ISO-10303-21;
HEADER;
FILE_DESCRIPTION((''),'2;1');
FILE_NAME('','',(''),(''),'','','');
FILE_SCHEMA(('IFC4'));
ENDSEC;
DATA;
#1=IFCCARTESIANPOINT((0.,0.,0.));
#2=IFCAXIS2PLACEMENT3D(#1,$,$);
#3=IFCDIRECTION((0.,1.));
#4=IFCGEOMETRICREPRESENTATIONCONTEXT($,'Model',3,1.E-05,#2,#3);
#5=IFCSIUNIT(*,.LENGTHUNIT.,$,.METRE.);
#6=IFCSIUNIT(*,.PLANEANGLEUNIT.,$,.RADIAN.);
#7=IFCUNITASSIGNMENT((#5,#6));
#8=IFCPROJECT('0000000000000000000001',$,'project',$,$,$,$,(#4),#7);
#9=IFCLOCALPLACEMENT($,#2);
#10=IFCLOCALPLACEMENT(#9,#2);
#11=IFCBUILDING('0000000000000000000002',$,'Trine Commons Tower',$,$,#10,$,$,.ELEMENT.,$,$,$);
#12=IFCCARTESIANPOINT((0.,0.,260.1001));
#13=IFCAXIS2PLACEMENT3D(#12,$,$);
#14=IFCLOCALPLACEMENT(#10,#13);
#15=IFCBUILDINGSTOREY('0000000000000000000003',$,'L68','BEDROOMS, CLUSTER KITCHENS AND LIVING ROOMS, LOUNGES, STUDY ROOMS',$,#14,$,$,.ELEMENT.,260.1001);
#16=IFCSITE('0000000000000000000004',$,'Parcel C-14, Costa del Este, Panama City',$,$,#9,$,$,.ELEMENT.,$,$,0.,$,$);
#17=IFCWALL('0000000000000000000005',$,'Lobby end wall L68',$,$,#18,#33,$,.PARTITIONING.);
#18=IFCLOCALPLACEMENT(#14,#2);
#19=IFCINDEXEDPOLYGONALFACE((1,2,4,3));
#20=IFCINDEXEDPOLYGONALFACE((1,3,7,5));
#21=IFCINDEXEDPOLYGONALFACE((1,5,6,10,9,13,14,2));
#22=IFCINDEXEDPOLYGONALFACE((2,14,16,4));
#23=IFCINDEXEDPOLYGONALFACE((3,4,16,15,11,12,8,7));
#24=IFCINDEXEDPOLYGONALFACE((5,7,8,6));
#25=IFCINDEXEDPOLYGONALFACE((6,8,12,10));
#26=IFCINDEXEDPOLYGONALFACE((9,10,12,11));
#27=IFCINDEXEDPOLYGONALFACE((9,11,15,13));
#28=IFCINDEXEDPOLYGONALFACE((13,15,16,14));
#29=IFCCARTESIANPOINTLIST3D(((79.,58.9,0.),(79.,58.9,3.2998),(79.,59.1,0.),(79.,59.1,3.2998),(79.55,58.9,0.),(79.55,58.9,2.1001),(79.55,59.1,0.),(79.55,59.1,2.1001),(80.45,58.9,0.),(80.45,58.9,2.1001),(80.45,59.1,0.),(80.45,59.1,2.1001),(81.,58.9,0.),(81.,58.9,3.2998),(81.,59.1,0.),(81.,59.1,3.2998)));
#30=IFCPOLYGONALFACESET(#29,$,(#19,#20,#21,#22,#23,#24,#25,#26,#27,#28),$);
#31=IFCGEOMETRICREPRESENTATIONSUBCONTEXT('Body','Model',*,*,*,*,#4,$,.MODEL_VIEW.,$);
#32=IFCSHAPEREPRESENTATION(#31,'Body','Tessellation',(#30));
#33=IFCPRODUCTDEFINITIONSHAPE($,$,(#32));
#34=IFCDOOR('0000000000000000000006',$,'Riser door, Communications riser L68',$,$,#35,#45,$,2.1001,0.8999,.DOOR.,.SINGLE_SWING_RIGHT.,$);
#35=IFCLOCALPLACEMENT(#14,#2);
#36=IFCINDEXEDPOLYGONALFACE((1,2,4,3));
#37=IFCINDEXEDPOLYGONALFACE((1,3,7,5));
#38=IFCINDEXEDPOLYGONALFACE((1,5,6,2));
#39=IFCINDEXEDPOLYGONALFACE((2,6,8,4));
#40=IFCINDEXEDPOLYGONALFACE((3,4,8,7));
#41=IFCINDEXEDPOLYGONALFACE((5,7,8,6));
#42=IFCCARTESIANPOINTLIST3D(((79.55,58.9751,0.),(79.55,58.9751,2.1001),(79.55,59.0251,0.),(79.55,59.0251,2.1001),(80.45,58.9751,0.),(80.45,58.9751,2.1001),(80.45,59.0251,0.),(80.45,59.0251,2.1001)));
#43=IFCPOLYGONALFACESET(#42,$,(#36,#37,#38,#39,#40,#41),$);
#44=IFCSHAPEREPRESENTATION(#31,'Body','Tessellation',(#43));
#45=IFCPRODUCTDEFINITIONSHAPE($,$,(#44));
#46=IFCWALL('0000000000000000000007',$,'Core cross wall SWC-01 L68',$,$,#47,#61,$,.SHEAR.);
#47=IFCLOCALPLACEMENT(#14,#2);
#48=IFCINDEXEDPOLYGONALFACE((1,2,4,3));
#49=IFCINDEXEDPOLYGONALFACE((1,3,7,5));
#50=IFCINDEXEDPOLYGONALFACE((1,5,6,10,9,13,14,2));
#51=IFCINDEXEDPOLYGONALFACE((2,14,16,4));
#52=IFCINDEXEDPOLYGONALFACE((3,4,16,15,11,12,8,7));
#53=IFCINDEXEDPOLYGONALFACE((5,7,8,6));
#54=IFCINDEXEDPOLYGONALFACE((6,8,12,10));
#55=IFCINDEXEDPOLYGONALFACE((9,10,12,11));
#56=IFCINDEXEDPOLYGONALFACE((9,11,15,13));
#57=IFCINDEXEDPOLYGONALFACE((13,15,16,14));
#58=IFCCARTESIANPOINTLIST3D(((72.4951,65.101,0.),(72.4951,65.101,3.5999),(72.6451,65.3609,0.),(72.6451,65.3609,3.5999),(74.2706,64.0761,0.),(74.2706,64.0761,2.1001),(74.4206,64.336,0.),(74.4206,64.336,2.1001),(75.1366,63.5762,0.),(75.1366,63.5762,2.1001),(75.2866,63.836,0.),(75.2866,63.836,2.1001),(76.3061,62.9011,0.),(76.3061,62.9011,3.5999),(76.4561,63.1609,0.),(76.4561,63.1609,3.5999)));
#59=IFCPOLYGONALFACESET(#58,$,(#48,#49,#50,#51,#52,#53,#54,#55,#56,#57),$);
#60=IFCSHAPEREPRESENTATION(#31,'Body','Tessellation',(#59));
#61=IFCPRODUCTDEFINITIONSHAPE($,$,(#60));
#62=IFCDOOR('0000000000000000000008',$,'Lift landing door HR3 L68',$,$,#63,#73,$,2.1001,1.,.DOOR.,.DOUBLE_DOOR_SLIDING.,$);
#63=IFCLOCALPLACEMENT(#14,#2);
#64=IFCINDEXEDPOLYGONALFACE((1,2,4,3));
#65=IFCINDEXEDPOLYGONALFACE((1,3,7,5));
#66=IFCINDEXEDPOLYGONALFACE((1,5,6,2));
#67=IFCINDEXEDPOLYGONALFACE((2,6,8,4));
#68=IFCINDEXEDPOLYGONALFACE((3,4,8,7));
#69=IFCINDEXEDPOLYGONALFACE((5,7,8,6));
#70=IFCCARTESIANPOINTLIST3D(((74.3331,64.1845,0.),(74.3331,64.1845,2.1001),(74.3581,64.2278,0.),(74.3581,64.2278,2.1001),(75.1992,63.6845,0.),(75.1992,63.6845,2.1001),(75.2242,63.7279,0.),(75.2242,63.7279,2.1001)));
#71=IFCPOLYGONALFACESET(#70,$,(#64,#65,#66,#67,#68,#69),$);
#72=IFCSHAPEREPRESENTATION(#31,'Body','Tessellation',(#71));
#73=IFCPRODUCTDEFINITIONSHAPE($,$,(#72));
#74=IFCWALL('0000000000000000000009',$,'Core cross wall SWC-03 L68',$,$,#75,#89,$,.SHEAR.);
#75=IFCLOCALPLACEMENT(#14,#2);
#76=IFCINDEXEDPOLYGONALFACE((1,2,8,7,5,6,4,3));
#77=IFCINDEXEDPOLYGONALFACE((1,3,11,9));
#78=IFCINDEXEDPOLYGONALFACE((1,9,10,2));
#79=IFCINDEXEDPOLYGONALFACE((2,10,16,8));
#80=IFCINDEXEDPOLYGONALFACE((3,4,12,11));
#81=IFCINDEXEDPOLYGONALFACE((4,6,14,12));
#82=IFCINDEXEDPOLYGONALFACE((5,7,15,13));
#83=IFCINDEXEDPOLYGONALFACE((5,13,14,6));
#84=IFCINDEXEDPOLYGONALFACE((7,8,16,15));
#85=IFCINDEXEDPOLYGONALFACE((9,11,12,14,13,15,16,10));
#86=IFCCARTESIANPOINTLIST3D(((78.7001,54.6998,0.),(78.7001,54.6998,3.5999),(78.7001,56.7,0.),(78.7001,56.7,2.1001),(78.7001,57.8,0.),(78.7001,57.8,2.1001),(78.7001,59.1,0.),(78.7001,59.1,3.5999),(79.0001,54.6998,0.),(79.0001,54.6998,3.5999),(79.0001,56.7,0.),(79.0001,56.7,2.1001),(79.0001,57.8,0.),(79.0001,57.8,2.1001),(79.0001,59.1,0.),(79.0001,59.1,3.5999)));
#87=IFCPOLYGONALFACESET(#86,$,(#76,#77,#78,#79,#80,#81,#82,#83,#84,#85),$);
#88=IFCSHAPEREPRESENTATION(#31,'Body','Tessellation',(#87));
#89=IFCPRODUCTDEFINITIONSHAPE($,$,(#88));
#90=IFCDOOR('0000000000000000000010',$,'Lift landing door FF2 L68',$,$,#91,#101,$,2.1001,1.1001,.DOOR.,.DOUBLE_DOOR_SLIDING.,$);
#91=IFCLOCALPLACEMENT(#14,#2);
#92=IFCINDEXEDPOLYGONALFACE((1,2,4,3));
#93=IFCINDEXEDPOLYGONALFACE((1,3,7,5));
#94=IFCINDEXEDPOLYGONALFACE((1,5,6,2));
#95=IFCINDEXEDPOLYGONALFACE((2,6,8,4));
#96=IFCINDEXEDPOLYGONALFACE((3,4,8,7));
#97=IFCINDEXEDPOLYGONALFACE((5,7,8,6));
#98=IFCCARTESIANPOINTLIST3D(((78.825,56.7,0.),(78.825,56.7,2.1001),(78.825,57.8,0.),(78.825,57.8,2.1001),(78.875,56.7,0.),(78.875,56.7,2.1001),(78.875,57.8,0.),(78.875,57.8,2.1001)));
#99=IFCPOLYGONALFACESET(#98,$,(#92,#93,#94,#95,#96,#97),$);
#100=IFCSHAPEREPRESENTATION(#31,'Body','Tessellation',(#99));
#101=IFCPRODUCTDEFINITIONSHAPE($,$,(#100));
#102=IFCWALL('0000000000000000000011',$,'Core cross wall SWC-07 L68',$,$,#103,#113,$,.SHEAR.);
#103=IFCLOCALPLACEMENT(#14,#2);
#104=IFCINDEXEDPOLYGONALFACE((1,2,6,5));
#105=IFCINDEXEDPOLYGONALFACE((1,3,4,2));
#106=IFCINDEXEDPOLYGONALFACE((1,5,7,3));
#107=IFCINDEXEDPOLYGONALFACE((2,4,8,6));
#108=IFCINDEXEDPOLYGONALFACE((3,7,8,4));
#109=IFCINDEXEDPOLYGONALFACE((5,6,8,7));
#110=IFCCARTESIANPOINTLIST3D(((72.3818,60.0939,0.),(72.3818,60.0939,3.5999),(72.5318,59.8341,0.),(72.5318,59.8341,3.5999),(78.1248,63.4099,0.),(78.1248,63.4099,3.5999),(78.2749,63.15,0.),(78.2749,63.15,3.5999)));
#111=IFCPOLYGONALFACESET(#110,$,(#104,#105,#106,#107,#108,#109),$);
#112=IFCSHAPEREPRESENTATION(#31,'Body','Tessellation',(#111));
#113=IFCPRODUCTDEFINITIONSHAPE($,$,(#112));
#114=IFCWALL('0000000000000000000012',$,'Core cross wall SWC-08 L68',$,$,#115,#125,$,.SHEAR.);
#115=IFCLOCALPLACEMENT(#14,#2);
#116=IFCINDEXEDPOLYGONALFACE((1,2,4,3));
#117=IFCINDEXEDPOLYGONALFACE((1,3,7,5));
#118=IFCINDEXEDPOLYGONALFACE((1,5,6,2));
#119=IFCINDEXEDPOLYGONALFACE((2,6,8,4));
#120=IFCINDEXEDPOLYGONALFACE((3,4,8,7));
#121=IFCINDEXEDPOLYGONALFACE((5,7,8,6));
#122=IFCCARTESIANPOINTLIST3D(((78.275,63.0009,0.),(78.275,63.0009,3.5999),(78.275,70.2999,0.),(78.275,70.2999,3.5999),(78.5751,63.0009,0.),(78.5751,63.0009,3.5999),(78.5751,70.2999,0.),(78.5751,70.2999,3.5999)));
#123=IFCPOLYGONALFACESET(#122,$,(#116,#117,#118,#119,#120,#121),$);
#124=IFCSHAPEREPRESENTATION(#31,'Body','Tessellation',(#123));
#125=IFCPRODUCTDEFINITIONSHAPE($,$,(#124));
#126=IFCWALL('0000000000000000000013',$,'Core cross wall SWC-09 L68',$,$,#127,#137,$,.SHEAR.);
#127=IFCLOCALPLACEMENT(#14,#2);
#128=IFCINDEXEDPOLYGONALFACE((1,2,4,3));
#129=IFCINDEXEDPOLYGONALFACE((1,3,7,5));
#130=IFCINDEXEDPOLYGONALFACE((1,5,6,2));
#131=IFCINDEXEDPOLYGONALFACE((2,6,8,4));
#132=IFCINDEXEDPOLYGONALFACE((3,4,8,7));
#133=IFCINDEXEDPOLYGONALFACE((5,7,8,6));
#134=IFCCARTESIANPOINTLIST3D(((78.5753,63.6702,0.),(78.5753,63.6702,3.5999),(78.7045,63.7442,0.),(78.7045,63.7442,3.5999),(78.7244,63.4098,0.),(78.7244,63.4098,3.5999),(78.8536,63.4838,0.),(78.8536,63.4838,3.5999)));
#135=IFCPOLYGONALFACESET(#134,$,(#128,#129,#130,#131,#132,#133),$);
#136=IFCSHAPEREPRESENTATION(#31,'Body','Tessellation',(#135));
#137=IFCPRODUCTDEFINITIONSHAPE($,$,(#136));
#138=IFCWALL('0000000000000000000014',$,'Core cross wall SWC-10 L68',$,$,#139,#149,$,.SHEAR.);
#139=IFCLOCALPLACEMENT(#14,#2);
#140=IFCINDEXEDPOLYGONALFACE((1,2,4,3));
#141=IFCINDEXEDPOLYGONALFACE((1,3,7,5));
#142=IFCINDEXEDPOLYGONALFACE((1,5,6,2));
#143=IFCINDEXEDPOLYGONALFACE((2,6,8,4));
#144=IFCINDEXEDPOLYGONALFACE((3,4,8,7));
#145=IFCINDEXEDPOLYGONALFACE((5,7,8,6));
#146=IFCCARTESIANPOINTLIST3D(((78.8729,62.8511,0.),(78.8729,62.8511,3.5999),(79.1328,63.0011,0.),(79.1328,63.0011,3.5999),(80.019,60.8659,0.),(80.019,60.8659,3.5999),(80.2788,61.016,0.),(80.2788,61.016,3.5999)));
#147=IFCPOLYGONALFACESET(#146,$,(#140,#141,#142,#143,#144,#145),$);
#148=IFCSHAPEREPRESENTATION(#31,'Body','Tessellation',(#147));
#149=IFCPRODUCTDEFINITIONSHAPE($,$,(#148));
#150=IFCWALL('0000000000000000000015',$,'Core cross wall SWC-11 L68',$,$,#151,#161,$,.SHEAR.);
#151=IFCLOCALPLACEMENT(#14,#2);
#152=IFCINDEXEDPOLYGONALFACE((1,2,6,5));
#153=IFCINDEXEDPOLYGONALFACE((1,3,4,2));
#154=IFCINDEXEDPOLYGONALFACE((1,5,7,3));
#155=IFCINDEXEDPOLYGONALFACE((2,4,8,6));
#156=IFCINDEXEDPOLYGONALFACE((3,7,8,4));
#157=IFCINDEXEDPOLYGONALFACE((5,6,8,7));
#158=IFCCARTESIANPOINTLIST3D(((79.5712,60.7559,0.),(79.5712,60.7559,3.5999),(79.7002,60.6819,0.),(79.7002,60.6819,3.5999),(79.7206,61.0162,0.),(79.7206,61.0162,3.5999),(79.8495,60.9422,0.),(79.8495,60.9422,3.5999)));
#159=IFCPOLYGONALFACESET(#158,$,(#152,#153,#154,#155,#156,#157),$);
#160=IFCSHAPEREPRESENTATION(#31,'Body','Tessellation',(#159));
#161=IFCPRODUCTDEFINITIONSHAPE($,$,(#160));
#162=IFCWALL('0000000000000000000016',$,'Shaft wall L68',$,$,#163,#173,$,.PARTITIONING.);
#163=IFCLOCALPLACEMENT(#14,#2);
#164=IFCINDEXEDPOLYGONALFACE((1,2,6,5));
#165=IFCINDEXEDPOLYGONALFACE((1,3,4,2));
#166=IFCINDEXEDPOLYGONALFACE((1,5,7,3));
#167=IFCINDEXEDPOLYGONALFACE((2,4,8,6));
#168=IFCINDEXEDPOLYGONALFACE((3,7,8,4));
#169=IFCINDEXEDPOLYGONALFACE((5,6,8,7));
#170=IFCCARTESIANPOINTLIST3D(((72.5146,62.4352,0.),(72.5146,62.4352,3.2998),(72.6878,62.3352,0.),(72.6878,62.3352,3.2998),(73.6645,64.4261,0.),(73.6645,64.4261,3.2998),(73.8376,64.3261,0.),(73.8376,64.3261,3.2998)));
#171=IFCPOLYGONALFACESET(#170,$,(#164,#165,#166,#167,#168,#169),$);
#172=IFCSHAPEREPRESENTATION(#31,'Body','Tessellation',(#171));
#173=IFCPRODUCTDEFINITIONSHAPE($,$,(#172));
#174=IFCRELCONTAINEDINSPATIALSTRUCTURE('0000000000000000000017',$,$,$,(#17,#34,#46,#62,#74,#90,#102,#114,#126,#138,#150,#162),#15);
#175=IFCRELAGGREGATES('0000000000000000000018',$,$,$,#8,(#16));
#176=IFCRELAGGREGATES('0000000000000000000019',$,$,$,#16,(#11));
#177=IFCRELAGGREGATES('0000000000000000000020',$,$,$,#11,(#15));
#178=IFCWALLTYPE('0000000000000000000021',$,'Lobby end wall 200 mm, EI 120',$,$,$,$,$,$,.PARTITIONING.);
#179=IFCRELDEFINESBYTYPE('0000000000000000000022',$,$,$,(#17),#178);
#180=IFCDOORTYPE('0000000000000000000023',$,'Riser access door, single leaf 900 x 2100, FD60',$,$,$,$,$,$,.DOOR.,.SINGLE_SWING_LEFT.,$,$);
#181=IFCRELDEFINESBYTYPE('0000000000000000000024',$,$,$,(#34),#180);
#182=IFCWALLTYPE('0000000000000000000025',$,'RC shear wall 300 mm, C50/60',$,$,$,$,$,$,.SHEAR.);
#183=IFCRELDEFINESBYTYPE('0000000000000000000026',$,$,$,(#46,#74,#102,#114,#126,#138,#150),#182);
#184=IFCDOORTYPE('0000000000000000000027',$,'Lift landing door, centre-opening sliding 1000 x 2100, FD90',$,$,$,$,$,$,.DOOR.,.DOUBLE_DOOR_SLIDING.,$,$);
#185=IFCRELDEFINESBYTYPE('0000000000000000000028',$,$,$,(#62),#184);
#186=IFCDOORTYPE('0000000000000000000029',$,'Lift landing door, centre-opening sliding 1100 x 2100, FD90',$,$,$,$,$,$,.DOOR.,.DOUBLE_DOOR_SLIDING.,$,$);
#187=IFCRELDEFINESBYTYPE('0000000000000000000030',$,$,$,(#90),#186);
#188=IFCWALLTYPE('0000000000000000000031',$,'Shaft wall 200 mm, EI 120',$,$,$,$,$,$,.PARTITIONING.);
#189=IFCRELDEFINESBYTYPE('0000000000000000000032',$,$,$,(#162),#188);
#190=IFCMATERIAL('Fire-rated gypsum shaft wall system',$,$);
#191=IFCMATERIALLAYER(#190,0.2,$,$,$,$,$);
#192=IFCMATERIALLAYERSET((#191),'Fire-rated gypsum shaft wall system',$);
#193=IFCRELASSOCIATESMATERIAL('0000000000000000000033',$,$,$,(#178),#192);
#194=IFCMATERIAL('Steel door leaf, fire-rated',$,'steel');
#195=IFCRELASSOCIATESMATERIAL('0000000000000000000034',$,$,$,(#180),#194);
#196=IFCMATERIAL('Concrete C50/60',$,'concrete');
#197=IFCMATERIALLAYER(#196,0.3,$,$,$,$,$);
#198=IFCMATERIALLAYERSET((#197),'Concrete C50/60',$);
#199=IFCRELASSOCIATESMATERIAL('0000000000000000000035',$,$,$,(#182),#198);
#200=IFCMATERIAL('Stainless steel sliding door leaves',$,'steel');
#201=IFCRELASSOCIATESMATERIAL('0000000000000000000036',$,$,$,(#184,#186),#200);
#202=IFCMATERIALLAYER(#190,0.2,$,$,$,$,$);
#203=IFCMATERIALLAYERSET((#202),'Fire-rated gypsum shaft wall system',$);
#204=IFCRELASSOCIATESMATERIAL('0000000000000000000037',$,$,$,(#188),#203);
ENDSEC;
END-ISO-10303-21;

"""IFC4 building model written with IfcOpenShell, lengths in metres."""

from ifc_helpers import new_model, si_unit, direction, frame, frame_2d, origin, place, context, subcontext, project, spatial, rectangle, extrude, material, layer, layer_set, type_object, element, fill, save


model = new_model("IFC4")

# Units and contexts
model_context = context("Model", 3, precision=1e-05, world=origin(), true_north=direction((0.0, 1.0)))
body_context = subcontext(model_context, "Body", "Model", "MODEL_VIEW")
ifc_project = project(units=[si_unit("LENGTHUNIT", "METRE"), si_unit("PLANEANGLEUNIT", "RADIAN")], contexts=[model_context])

# Site, building, storey
site_placement = place(None, origin())
site = spatial("IfcSite", under=ifc_project, at=site_placement, Name="Parcel C-14, Costa del Este, Panama City", CompositionType="ELEMENT", RefElevation=0.0)
building_placement = place(site_placement, origin())
building = spatial("IfcBuilding", under=site, at=building_placement, Name="Trine Commons Tower", CompositionType="ELEMENT")
storey_placement = place(building_placement, frame((0.0, 0.0, 260.1001)))
storey = spatial("IfcBuildingStorey", under=building, at=storey_placement, Name="L68", Description="BEDROOMS, CLUSTER KITCHENS AND LIVING ROOMS, LOUNGES, STUDY ROOMS", CompositionType="ELEMENT", Elevation=260.1001)

# Walls, openings, doors
ifc_material_1 = material(Name="Fire-rated gypsum shaft wall system")
ifc_layer_1 = layer(ifc_material_1, 0.2)
ifc_layer_set_1 = layer_set([ifc_layer_1], Name="Fire-rated gypsum shaft wall system")
wall_type_1 = type_object("IfcWallType", Name="Lobby end wall 200 mm, EI 120", PredefinedType="PARTITIONING", material=ifc_layer_set_1)
wall_1_placement = place(storey_placement, frame((79.0, 59.0, 0.0), z_axis=(0.0, 0.0, 1.0), x_axis=(1.0, 0.0, 0.0)))
wall_1 = element("IfcWall", 1, at=wall_1_placement, inside=storey, type_object=wall_type_1, Name="Lobby end wall L68", PredefinedType="PARTITIONING", context=body_context, shape_type="SweptSolid", body=[
    extrude(rectangle(XDim=2.0, YDim=0.2, at=frame_2d((1.0, 0.0))), origin(), (0.0, 0.0, 1.0), 3.2998),
])
opening_1_placement = place(wall_1_placement, frame((0.55, 0.0, 0.0)))
opening_1 = element("IfcOpeningElement", 2, at=opening_1_placement, cuts=wall_1, PredefinedType="OPENING", context=body_context, shape_type="SweptSolid", body=[
    extrude(rectangle(XDim=0.8999, YDim=2.1001, at=frame_2d((0.45, 1.05))), frame((0.0, 0.1099, 0.0), z_axis=(0.0, -1.0, 0.0), x_axis=(1.0, 0.0, 0.0)), (0.0, 0.0, 1.0), 0.22),
])
ifc_material_2 = material(Name="Steel door leaf, fire-rated", Category="steel")
door_type_1 = type_object("IfcDoorType", Name="Riser access door, single leaf 900 x 2100, FD60", OperationType="SINGLE_SWING_LEFT", PredefinedType="DOOR", material=ifc_material_2)
door_1_placement = place(opening_1_placement, frame((0.8999, 0.0, 0.0), z_axis=(0.0, 0.0, 1.0), x_axis=(-1.0, 0.0, 0.0)))
door_1 = element("IfcDoor", 3, at=door_1_placement, inside=storey, type_object=door_type_1, Name="Riser door, Communications riser L68", OperationType="SINGLE_SWING_RIGHT", OverallHeight=2.1001, OverallWidth=0.8999, PredefinedType="DOOR", context=body_context, shape_type="SweptSolid", body=[
    extrude(rectangle(XDim=0.8999, YDim=2.1001, at=frame_2d((0.45, 1.05))), frame((0.0, 0.0249, 0.0), z_axis=(0.0, -1.0, 0.0), x_axis=(1.0, 0.0, 0.0)), (0.0, 0.0, 1.0), 0.05),
])
fill(opening_1, door_1)
ifc_material_3 = material(Name="Concrete C50/60", Category="concrete")
ifc_layer_2 = layer(ifc_material_3, 0.3)
ifc_layer_set_2 = layer_set([ifc_layer_2], Name="Concrete C50/60")
wall_type_2 = type_object("IfcWallType", Name="RC shear wall 300 mm, C50/60", PredefinedType="SHEAR", material=ifc_layer_set_2)
wall_2_placement = place(storey_placement, frame((76.3811, 63.031, 0.0), z_axis=(0.0, 0.0, 1.0), x_axis=(-0.86606, 0.49994, 0.0)))
wall_2 = element("IfcWall", 4, at=wall_2_placement, inside=storey, type_object=wall_type_2, Name="Core cross wall SWC-01 L68", PredefinedType="SHEAR", context=body_context, shape_type="SweptSolid", body=[
    extrude(rectangle(XDim=4.4004, YDim=0.3, at=frame_2d((2.2002, 0.0))), origin(), (0.0, 0.0, 1.0), 3.5999),
])
opening_2_placement = place(wall_2_placement, frame((1.3503, 0.0, 0.0)))
opening_2 = element("IfcOpeningElement", 5, at=opening_2_placement, cuts=wall_2, PredefinedType="OPENING", context=body_context, shape_type="SweptSolid", body=[
    extrude(rectangle(XDim=1.0, YDim=2.1001, at=frame_2d((0.5, 1.05))), frame((0.0, 0.1599, 0.0), z_axis=(0.0, -1.0, 0.0), x_axis=(1.0, 0.0, 0.0)), (0.0, 0.0, 1.0), 0.3201),
])
ifc_material_4 = material(Name="Stainless steel sliding door leaves", Category="steel")
door_type_2 = type_object("IfcDoorType", Name="Lift landing door, centre-opening sliding 1000 x 2100, FD90", OperationType="DOUBLE_DOOR_SLIDING", PredefinedType="DOOR", material=ifc_material_4)
door_2_placement = place(opening_2_placement, origin())
door_2 = element("IfcDoor", 6, at=door_2_placement, inside=storey, type_object=door_type_2, Name="Lift landing door HR3 L68", OperationType="DOUBLE_DOOR_SLIDING", OverallHeight=2.1001, OverallWidth=1.0, PredefinedType="DOOR", context=body_context, shape_type="SweptSolid", body=[
    extrude(rectangle(XDim=1.0, YDim=2.1001, at=frame_2d((0.5, 1.05))), frame((0.0, 0.0249, 0.0), z_axis=(0.0, -1.0, 0.0), x_axis=(1.0, 0.0, 0.0)), (0.0, 0.0, 1.0), 0.05),
])
fill(opening_2, door_2)
wall_3_placement = place(storey_placement, frame((78.8501, 59.1001, 0.0), z_axis=(0.0, 0.0, 1.0), x_axis=(0.0, -1.0, 0.0)))
wall_3 = element("IfcWall", 7, at=wall_3_placement, inside=storey, type_object=wall_type_2, Name="Core cross wall SWC-03 L68", PredefinedType="SHEAR", context=body_context, shape_type="SweptSolid", body=[
    extrude(rectangle(XDim=4.4001, YDim=0.3, at=frame_2d((2.2002, 0.0))), origin(), (0.0, 0.0, 1.0), 3.5999),
])
opening_3_placement = place(wall_3_placement, frame((1.3, 0.0, 0.0)))
opening_3 = element("IfcOpeningElement", 8, at=opening_3_placement, cuts=wall_3, PredefinedType="OPENING", context=body_context, shape_type="SweptSolid", body=[
    extrude(rectangle(XDim=1.1001, YDim=2.1001, at=frame_2d((0.55, 1.05))), frame((0.0, 0.1599, 0.0), z_axis=(0.0, -1.0, 0.0), x_axis=(1.0, 0.0, 0.0)), (0.0, 0.0, 1.0), 0.3201),
])
door_type_3 = type_object("IfcDoorType", Name="Lift landing door, centre-opening sliding 1100 x 2100, FD90", OperationType="DOUBLE_DOOR_SLIDING", PredefinedType="DOOR", material=ifc_material_4)
door_3_placement = place(opening_3_placement, origin())
door_3 = element("IfcDoor", 9, at=door_3_placement, inside=storey, type_object=door_type_3, Name="Lift landing door FF2 L68", OperationType="DOUBLE_DOOR_SLIDING", OverallHeight=2.1001, OverallWidth=1.1001, PredefinedType="DOOR", context=body_context, shape_type="SweptSolid", body=[
    extrude(rectangle(XDim=1.1001, YDim=2.1001, at=frame_2d((0.55, 1.05))), frame((0.0, 0.0249, 0.0), z_axis=(0.0, -1.0, 0.0), x_axis=(1.0, 0.0, 0.0)), (0.0, 0.0, 1.0), 0.05),
])
fill(opening_3, door_3)

# Walls
wall_4_placement = place(storey_placement, frame((78.2, 63.28, 0.0), z_axis=(0.0, 0.0, 1.0), x_axis=(-0.86601, -0.500027, 0.0)))
element("IfcWall", 10, at=wall_4_placement, inside=storey, type_object=wall_type_2, Name="Core cross wall SWC-07 L68", PredefinedType="SHEAR", context=body_context, shape_type="SweptSolid", body=[
    extrude(rectangle(XDim=6.6316, YDim=0.3, at=frame_2d((3.3159, 0.0))), origin(), (0.0, 0.0, 1.0), 3.5999),
])
wall_5_placement = place(storey_placement, frame((78.425, 63.001, 0.0), z_axis=(0.0, 0.0, 1.0), x_axis=(0.0, 1.0, 0.0)))
element("IfcWall", 11, at=wall_5_placement, inside=storey, type_object=wall_type_2, Name="Core cross wall SWC-08 L68", PredefinedType="SHEAR", context=body_context, shape_type="SweptSolid", body=[
    extrude(rectangle(XDim=7.2991, YDim=0.3, at=frame_2d((3.6494, 0.0))), origin(), (0.0, 0.0, 1.0), 3.5999),
])
wall_6_placement = place(storey_placement, frame((78.7791, 63.614, 0.0), z_axis=(0.0, 0.0, 1.0), x_axis=(-0.867738, -0.497022, 0.0)))
element("IfcWall", 12, at=wall_6_placement, inside=storey, type_object=wall_type_2, Name="Core cross wall SWC-09 L68", PredefinedType="SHEAR", context=body_context, shape_type="SweptSolid", body=[
    extrude(rectangle(XDim=0.1489, YDim=0.3, at=frame_2d((0.0745, 0.0))), origin(), (0.0, 0.0, 1.0), 3.5999),
])
wall_7_placement = place(storey_placement, frame((79.0029, 62.926, 0.0), z_axis=(0.0, 0.0, 1.0), x_axis=(0.499965, -0.866045, 0.0)))
element("IfcWall", 13, at=wall_7_placement, inside=storey, type_object=wall_type_2, Name="Core cross wall SWC-10 L68", PredefinedType="SHEAR", context=body_context, shape_type="SweptSolid", body=[
    extrude(rectangle(XDim=2.2922, YDim=0.3, at=frame_2d((1.146, 0.0))), origin(), (0.0, 0.0, 1.0), 3.5999),
])
wall_8_placement = place(storey_placement, frame((79.646, 60.886, 0.0), z_axis=(0.0, 0.0, 1.0), x_axis=(0.867332, -0.49773, 0.0)))
element("IfcWall", 14, at=wall_8_placement, inside=storey, type_object=wall_type_2, Name="Core cross wall SWC-11 L68", PredefinedType="SHEAR", context=body_context, shape_type="SweptSolid", body=[
    extrude(rectangle(XDim=0.1487, YDim=0.3, at=frame_2d((0.0742, 0.0))), origin(), (0.0, 0.0, 1.0), 3.5999),
])
ifc_layer_3 = layer(ifc_material_1, 0.2)
ifc_layer_set_3 = layer_set([ifc_layer_3], Name="Fire-rated gypsum shaft wall system")
wall_type_3 = type_object("IfcWallType", Name="Shaft wall 200 mm, EI 120", PredefinedType="PARTITIONING", material=ifc_layer_set_3)
wall_9_placement = place(storey_placement, frame((73.751, 64.376, 0.0), z_axis=(0.0, 0.0, 1.0), x_axis=(-0.500136, -0.865947, 0.0)))
element("IfcWall", 15, at=wall_9_placement, inside=storey, type_object=wall_type_3, Name="Shaft wall L68", PredefinedType="PARTITIONING", context=body_context, shape_type="SweptSolid", body=[
    extrude(rectangle(XDim=2.2991, YDim=0.2, at=frame_2d((1.1494, 0.0))), origin(), (0.0, 0.0, 1.0), 3.2998),
])

save(model, "model.ifc")
